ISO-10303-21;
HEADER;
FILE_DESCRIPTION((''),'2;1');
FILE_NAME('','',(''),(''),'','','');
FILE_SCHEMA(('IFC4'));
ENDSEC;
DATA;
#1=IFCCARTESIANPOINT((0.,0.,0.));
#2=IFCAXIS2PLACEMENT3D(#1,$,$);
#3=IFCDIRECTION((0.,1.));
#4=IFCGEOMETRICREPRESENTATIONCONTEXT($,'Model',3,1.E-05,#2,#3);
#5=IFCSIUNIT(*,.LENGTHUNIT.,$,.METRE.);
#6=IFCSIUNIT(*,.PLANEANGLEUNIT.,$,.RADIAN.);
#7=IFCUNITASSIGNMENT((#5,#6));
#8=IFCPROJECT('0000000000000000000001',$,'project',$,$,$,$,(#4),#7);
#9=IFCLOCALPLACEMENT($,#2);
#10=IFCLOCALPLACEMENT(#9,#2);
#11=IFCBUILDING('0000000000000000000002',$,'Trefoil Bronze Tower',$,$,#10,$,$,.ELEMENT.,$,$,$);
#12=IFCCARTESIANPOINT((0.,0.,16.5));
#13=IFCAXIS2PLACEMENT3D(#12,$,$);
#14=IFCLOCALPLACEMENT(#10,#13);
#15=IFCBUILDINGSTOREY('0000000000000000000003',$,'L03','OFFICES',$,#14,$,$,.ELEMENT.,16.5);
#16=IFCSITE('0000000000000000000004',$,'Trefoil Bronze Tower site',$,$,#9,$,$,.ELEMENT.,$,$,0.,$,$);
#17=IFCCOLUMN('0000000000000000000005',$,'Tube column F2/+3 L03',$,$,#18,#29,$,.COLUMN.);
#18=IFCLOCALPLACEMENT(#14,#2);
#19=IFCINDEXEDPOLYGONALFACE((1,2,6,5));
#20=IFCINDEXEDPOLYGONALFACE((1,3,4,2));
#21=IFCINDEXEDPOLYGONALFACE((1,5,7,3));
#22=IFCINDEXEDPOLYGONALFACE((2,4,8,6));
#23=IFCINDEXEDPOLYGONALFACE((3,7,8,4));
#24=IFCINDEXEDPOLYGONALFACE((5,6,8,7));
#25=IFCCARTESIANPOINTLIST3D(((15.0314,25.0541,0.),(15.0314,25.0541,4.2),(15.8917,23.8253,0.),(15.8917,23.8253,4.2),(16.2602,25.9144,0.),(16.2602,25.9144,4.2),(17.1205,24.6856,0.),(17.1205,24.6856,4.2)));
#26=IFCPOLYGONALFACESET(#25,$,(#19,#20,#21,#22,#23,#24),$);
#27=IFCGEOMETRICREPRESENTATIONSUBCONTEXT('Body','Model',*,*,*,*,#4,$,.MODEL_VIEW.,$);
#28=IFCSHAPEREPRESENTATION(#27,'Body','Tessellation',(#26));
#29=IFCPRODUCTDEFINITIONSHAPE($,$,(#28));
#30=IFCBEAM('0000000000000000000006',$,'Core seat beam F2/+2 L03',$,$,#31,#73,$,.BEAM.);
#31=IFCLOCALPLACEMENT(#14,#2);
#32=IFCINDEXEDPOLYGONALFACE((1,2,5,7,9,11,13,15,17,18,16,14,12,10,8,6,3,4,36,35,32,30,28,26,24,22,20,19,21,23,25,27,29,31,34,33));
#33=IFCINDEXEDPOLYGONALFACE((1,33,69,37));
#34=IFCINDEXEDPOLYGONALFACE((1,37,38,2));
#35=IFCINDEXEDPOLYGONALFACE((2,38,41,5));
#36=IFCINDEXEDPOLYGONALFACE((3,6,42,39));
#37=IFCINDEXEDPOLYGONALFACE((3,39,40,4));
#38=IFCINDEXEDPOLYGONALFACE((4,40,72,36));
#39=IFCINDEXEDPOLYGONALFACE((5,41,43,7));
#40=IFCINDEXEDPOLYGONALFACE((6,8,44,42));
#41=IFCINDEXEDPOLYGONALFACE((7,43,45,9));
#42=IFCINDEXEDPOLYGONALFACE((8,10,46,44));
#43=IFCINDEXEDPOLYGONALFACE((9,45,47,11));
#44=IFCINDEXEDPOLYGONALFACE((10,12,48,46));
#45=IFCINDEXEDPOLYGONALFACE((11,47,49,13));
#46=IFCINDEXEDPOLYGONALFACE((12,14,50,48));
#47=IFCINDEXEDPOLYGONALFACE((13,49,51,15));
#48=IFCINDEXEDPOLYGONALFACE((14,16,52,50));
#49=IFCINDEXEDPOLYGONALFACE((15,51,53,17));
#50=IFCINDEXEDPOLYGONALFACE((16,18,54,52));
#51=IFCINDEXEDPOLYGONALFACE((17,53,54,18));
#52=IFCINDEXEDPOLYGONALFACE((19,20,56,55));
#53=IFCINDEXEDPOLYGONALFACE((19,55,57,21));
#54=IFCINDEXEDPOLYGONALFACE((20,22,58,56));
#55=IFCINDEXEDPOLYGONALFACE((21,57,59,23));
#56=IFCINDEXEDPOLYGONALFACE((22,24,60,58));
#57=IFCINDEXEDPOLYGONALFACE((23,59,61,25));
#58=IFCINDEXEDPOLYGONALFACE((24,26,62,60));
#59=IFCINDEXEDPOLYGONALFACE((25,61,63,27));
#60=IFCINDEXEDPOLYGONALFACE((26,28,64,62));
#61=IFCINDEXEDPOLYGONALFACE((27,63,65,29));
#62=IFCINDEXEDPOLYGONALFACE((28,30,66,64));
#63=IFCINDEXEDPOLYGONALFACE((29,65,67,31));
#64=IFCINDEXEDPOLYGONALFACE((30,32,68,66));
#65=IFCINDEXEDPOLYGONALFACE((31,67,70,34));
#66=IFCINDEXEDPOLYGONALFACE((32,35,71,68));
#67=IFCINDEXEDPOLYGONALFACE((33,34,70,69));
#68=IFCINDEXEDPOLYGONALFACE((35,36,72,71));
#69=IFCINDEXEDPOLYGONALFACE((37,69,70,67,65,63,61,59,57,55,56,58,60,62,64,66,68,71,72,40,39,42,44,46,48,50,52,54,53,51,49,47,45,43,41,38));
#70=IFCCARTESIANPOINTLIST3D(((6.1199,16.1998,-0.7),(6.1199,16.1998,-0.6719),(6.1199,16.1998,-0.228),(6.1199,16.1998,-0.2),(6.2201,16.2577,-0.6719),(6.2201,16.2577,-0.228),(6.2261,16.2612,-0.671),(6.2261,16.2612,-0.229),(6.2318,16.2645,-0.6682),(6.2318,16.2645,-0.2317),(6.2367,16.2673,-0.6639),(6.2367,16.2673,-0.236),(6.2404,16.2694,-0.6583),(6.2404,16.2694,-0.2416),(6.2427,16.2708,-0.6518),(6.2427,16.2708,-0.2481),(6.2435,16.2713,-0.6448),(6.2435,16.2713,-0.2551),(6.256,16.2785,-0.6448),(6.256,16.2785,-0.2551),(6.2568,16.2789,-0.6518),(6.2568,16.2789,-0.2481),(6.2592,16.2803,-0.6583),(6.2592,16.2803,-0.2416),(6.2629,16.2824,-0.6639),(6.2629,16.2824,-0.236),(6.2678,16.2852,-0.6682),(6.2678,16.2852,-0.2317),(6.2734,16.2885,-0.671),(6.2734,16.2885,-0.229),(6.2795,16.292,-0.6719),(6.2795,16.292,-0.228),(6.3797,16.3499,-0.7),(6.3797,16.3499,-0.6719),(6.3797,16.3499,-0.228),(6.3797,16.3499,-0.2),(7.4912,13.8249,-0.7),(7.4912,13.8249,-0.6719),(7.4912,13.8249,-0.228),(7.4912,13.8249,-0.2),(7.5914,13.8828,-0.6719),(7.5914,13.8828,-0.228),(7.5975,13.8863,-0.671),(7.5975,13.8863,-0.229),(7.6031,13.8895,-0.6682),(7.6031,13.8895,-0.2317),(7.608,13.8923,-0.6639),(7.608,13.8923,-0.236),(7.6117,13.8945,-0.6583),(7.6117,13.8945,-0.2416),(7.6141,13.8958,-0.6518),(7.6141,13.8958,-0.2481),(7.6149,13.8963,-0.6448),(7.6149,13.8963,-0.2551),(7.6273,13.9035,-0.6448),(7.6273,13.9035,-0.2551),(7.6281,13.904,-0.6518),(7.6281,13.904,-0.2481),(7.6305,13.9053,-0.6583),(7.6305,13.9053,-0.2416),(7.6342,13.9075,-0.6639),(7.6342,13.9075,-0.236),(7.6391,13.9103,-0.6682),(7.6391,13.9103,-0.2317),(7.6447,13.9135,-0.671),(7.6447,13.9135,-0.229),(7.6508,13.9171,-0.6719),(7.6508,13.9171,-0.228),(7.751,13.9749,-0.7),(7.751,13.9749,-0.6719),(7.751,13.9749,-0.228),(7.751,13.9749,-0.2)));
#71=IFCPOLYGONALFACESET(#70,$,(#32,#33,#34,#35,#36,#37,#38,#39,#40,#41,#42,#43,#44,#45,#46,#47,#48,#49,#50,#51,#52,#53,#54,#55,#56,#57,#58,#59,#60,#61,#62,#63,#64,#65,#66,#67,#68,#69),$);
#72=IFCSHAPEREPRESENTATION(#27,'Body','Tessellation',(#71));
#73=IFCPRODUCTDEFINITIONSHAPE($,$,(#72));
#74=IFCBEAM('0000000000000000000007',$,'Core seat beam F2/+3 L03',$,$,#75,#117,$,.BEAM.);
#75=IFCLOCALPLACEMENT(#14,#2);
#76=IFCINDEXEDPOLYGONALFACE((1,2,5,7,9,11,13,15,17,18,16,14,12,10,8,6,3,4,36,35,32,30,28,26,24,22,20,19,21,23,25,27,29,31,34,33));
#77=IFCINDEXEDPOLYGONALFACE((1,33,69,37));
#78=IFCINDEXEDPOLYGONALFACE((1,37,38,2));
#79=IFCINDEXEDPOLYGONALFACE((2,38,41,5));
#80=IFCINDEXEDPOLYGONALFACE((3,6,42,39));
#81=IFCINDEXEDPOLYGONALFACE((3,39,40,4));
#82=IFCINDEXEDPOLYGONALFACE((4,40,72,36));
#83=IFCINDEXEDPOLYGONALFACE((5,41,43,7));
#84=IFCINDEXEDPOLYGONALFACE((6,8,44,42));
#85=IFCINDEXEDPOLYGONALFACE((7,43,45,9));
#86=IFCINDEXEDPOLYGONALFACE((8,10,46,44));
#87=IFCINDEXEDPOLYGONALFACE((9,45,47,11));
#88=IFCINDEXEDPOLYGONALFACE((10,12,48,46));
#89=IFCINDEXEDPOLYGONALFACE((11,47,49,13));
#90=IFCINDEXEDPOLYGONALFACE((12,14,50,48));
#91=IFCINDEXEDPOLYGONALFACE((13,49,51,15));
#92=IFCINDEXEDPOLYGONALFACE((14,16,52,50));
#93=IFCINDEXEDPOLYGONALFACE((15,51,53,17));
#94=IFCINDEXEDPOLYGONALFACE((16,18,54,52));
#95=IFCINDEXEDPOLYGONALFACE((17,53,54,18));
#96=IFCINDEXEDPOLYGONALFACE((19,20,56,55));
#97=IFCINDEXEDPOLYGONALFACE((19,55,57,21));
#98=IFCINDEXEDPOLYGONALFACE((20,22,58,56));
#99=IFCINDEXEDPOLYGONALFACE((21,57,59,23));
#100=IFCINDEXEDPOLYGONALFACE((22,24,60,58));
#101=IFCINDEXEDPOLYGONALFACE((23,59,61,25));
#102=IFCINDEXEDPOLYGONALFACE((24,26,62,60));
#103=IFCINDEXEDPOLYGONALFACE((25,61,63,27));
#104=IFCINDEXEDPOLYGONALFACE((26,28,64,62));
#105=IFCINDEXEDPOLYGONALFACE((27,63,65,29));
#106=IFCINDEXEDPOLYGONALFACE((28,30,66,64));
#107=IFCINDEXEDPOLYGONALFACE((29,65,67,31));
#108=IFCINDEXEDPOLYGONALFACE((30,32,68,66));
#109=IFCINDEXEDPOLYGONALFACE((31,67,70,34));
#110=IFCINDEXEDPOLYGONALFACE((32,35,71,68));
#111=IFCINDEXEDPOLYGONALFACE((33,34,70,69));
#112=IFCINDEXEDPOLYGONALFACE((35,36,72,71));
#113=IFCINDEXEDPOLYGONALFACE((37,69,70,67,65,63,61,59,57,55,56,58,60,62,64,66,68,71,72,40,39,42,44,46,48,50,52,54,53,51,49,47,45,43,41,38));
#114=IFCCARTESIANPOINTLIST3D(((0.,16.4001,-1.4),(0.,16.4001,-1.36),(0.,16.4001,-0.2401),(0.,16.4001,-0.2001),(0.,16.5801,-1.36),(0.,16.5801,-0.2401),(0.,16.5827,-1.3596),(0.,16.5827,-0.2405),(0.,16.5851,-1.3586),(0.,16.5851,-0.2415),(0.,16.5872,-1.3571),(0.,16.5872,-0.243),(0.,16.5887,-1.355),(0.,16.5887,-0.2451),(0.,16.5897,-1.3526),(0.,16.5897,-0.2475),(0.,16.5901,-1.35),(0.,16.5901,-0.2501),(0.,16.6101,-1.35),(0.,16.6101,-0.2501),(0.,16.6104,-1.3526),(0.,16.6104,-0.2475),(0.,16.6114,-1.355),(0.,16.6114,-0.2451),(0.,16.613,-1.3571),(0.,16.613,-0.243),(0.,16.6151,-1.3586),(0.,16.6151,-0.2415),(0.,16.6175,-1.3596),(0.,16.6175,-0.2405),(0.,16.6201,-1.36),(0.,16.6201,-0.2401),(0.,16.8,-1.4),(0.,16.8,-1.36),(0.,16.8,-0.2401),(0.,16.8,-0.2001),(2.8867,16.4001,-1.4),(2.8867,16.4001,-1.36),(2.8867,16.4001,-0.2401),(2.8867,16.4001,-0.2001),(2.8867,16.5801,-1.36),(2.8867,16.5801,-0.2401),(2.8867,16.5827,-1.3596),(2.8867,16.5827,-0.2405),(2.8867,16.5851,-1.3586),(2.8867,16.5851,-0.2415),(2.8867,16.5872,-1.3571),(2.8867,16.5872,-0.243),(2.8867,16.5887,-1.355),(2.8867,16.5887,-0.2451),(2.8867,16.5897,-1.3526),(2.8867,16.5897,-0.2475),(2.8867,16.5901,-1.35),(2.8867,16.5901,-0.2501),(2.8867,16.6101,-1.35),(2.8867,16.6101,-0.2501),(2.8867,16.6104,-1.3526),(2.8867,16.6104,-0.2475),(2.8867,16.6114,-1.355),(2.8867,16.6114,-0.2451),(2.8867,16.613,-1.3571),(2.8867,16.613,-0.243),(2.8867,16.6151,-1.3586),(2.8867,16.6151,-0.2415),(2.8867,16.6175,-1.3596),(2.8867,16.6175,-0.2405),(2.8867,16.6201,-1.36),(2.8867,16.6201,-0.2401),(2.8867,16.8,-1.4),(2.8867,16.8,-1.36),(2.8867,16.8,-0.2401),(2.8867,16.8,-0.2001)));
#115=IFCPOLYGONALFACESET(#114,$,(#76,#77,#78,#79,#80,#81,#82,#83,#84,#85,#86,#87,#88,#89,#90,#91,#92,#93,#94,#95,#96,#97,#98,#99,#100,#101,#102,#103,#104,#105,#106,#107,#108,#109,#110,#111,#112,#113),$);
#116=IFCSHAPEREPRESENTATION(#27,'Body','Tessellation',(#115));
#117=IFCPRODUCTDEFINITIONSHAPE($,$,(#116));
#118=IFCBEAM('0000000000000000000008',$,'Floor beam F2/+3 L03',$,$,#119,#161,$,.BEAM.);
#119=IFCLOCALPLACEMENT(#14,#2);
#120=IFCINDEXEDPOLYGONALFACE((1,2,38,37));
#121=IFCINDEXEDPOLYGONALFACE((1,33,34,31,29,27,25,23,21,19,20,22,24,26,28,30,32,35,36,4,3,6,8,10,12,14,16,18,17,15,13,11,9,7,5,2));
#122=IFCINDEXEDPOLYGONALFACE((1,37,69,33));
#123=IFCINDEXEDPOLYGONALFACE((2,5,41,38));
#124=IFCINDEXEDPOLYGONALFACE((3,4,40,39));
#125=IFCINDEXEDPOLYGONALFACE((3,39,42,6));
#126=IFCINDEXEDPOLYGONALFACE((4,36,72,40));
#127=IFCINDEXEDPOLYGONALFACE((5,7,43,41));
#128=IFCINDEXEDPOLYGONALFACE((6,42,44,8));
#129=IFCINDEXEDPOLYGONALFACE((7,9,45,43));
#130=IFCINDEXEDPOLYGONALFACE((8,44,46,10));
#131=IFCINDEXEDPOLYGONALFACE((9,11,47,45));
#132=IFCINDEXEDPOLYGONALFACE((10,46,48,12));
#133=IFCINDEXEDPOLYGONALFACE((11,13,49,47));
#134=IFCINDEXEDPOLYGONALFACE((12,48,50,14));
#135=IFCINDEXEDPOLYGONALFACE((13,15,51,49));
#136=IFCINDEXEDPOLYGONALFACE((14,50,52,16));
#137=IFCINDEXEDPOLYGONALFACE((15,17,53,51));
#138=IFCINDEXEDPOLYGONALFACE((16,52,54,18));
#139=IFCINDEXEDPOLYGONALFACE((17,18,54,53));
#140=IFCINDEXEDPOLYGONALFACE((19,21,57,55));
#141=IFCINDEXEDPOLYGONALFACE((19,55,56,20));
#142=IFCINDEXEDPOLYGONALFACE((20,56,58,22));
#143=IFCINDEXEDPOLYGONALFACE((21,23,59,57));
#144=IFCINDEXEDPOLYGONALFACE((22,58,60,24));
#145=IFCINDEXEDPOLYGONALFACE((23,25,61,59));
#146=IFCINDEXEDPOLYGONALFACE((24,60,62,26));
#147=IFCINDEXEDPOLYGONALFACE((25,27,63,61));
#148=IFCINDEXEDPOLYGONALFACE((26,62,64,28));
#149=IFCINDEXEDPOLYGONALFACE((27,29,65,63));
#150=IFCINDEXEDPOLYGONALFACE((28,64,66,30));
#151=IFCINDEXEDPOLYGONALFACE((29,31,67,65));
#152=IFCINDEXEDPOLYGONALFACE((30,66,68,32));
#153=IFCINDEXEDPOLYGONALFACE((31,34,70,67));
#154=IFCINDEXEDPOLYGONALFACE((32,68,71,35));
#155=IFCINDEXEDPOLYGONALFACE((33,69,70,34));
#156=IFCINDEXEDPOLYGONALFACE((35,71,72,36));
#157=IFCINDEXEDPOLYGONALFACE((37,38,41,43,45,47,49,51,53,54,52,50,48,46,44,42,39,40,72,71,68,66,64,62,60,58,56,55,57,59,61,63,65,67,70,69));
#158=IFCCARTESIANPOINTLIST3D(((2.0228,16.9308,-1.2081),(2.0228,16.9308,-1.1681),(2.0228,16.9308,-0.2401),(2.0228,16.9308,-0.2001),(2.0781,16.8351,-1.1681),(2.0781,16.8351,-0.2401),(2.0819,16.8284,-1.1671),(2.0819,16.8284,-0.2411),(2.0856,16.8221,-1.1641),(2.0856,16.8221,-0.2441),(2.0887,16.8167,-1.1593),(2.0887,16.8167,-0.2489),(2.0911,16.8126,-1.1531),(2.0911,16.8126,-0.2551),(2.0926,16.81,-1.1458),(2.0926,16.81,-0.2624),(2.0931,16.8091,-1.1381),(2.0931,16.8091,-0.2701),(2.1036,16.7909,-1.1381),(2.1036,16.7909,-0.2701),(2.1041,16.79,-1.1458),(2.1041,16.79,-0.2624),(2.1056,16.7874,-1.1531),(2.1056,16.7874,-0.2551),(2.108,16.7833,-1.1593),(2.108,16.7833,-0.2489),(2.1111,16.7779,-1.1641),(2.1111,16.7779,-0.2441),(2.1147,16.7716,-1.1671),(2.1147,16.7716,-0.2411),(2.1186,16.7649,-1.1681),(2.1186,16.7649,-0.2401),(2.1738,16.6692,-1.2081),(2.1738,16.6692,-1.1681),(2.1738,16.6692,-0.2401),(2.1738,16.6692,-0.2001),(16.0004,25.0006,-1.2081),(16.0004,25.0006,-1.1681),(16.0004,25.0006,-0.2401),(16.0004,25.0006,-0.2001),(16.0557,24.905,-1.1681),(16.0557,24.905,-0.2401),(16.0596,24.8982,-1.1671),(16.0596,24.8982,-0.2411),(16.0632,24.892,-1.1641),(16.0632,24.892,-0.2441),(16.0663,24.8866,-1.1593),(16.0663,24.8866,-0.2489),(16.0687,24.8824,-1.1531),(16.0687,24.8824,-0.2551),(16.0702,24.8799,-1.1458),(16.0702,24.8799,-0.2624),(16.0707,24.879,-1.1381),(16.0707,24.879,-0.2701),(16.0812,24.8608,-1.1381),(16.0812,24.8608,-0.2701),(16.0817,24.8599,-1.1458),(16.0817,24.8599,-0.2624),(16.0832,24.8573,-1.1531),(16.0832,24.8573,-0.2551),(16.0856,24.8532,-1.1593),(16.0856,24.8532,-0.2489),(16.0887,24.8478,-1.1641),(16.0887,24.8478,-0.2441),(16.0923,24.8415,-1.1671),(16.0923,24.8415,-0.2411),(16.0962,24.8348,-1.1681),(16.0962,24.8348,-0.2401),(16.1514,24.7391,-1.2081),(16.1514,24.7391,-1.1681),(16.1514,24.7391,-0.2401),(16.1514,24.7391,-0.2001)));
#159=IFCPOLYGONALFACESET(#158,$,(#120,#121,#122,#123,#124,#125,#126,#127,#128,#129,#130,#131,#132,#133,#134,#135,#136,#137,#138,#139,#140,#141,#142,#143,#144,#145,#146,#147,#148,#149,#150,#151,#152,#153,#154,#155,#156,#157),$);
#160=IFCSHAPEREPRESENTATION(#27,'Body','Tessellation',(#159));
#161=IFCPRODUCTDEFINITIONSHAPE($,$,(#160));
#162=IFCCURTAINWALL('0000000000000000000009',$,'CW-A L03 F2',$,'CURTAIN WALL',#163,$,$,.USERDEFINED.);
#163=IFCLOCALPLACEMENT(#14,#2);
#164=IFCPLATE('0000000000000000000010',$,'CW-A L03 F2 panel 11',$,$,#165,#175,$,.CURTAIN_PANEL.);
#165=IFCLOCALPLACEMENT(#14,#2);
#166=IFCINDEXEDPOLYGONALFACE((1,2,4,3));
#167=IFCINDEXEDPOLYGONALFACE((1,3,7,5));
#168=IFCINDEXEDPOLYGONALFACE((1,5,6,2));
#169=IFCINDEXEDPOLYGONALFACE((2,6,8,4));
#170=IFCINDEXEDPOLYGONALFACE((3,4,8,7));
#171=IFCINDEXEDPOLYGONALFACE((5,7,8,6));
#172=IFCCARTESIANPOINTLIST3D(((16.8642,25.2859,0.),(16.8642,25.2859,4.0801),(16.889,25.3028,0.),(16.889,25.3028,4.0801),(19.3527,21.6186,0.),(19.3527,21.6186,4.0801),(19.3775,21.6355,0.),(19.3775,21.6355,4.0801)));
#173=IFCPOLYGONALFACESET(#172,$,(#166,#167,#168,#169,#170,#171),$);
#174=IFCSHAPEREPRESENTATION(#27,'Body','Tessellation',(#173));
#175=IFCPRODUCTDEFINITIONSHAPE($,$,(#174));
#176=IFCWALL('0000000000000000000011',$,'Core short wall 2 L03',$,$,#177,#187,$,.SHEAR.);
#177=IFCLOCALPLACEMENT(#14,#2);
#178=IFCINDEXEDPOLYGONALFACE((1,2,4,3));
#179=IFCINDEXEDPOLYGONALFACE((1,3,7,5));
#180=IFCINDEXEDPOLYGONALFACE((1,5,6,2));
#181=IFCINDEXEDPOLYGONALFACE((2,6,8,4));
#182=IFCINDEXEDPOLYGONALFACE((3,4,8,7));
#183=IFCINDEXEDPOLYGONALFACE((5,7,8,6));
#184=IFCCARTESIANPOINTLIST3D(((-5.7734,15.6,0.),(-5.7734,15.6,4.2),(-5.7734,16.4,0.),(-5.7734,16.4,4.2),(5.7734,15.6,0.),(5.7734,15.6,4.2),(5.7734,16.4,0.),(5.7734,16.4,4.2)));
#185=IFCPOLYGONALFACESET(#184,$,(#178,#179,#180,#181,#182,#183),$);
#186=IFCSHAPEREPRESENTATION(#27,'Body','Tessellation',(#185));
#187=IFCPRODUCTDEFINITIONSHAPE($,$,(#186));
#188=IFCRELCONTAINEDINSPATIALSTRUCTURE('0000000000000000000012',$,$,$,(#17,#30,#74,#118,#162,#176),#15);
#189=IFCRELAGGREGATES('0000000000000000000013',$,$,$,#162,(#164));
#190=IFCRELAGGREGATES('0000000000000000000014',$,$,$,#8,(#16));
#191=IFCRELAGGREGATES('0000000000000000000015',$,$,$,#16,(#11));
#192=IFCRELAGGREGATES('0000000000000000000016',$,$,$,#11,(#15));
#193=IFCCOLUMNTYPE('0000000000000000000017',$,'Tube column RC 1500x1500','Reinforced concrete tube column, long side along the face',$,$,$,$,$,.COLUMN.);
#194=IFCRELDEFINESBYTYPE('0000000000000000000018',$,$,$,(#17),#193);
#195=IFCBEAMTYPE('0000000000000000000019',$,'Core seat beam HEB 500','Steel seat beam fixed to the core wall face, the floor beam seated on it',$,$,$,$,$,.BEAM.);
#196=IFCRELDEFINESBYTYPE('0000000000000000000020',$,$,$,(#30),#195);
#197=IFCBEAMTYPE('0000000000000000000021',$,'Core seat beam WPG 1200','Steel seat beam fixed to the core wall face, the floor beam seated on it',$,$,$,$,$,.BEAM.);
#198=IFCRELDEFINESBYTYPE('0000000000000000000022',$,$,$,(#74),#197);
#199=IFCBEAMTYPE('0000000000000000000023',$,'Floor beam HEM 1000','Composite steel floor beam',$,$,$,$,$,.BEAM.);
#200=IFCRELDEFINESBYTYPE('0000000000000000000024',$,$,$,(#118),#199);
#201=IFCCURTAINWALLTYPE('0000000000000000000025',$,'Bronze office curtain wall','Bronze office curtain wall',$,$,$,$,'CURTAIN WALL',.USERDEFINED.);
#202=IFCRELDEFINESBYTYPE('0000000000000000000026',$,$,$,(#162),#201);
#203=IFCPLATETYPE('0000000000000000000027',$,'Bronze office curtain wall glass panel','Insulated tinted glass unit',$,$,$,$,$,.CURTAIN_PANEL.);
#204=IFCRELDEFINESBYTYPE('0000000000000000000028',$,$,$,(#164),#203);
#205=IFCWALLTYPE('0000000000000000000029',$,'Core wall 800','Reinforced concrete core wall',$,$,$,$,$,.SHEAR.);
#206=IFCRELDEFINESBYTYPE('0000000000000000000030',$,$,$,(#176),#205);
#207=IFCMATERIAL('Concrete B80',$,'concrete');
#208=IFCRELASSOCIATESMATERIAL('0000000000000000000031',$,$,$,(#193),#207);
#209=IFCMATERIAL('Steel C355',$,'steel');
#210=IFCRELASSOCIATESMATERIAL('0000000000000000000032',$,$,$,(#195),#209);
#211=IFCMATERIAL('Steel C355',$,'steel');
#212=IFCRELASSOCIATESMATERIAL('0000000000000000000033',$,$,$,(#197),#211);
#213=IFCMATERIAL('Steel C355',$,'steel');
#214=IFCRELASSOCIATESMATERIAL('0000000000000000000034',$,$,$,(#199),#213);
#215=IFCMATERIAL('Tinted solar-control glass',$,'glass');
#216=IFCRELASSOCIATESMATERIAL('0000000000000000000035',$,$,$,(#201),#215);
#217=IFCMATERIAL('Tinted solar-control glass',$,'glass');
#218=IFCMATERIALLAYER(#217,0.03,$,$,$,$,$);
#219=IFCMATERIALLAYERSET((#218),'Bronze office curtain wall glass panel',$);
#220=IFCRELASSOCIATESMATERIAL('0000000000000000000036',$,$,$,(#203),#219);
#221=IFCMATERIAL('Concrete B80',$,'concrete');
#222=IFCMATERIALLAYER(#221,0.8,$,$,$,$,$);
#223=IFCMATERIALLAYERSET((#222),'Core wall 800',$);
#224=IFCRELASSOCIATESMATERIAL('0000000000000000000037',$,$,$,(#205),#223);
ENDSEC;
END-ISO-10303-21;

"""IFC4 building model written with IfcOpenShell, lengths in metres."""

from ifc_helpers import new_model, si_unit, direction, frame, frame_2d, origin, origin_2d, place, context, subcontext, project, spatial, rectangle, i_section, extrude, material, layer, layer_set, material_profile, profile_set, type_object, element, aggregate, save


model = new_model("IFC4")

# Units and contexts
model_context = context("Model", 3, precision=1e-05, world=origin(), true_north=direction((0.0, 1.0)))
body_context = subcontext(model_context, "Body", "Model", "MODEL_VIEW")
ifc_project = project(units=[si_unit("LENGTHUNIT", "METRE"), si_unit("PLANEANGLEUNIT", "RADIAN")], contexts=[model_context])

# Site, building, storey
site_placement = place(None, origin())
site = spatial("IfcSite", under=ifc_project, at=site_placement, Name="Trefoil Bronze Tower site", CompositionType="ELEMENT", RefElevation=0.0)
building_placement = place(site_placement, origin())
building = spatial("IfcBuilding", under=site, at=building_placement, Name="Trefoil Bronze Tower", CompositionType="ELEMENT")
storey_placement = place(building_placement, frame((0.0, 0.0, 16.5)))
storey = spatial("IfcBuildingStorey", under=building, at=storey_placement, Name="L03", Description="OFFICES", CompositionType="ELEMENT", Elevation=16.5)

# Column
ifc_material_1 = material(Name="Concrete B80", Category="concrete")
ifc_material_profile_1 = material_profile(ifc_material_1, rectangle(XDim=1.5, YDim=1.5, at=origin_2d()), Name="RC 1500x1500")
ifc_profile_set_1 = profile_set([ifc_material_profile_1], Name="Concrete B80")
column_type = type_object("IfcColumnType", Name="Tube column RC 1500x1500", Description="Reinforced concrete tube column, long side along the face", PredefinedType="COLUMN", material=ifc_profile_set_1)
column_placement = place(storey_placement, frame((16.0759, 24.8699, 0.0), z_axis=(0.0, 0.0, 1.0), x_axis=(-0.573502, 0.819204, 0.0)))
element("IfcColumn", 1, at=column_placement, inside=storey, type_object=column_type, Name="Tube column F2/+3 L03", PredefinedType="COLUMN", context=body_context, shape_type="SweptSolid", body=[
    extrude(rectangle(XDim=1.5, YDim=1.5, at=origin_2d()), origin(), (0.0, 0.0, 1.0), 4.2),
])

# Beams
ifc_material_2 = material(Name="Steel C355", Category="steel")
ifc_material_profile_2 = material_profile(ifc_material_2, i_section(OverallWidth=0.3, OverallDepth=0.5, WebThickness=0.0144, FlangeThickness=0.0281, FilletRadius=0.0271, at=origin_2d()), Name="HEB 500")
ifc_profile_set_2 = profile_set([ifc_material_profile_2], Name="Steel C355")
beam_type_1 = type_object("IfcBeamType", Name="Core seat beam HEB 500", Description="Steel seat beam fixed to the core wall face, the floor beam seated on it", PredefinedType="BEAM", material=ifc_profile_set_2)
beam_1_placement = place(storey_placement, frame((7.6211, 13.8999, -0.45), z_axis=(-0.500036, 0.866005, 0.0), x_axis=(-0.866005, -0.500036, 0.0)))
element("IfcBeam", 2, at=beam_1_placement, inside=storey, type_object=beam_type_1, Name="Core seat beam F2/+2 L03", PredefinedType="BEAM", context=body_context, shape_type="SweptSolid", body=[
    extrude(i_section(OverallWidth=0.3, OverallDepth=0.5, WebThickness=0.0144, FlangeThickness=0.0281, FilletRadius=0.0271, at=origin_2d()), origin(), (0.0, 0.0, 1.0), 2.7424),
])
ifc_material_3 = material(Name="Steel C355", Category="steel")
ifc_material_profile_3 = material_profile(ifc_material_3, i_section(OverallWidth=0.3999, OverallDepth=1.2, WebThickness=0.02, FlangeThickness=0.04, FilletRadius=0.01, at=origin_2d()), Name="WPG 1200")
ifc_profile_set_3 = profile_set([ifc_material_profile_3], Name="Steel C355")
beam_type_2 = type_object("IfcBeamType", Name="Core seat beam WPG 1200", Description="Steel seat beam fixed to the core wall face, the floor beam seated on it", PredefinedType="BEAM", material=ifc_profile_set_3)
beam_2_placement = place(storey_placement, frame((2.8867, 16.6001, -0.8), z_axis=(-1.0, 0.0, 0.0), x_axis=(0.0, -1.0, 0.0)))
element("IfcBeam", 3, at=beam_2_placement, inside=storey, type_object=beam_type_2, Name="Core seat beam F2/+3 L03", PredefinedType="BEAM", context=body_context, shape_type="SweptSolid", body=[
    extrude(i_section(OverallWidth=0.3999, OverallDepth=1.2, WebThickness=0.02, FlangeThickness=0.04, FilletRadius=0.01, at=origin_2d()), origin(), (0.0, 0.0, 1.0), 2.8867),
])
ifc_material_4 = material(Name="Steel C355", Category="steel")
ifc_material_profile_4 = material_profile(ifc_material_4, i_section(OverallWidth=0.302, OverallDepth=1.0081, WebThickness=0.021, FlangeThickness=0.04, FilletRadius=0.03, at=origin_2d()), Name="HEM 1000")
ifc_profile_set_4 = profile_set([ifc_material_profile_4], Name="Steel C355")
beam_type_3 = type_object("IfcBeamType", Name="Floor beam HEM 1000", Description="Composite steel floor beam", PredefinedType="BEAM", material=ifc_profile_set_4)
beam_3_placement = place(storey_placement, frame((16.0759, 24.8699, -0.7041), z_axis=(-0.866028, -0.499995, 0.0), x_axis=(0.499995, -0.866028, 0.0)))
element("IfcBeam", 4, at=beam_3_placement, inside=storey, type_object=beam_type_3, Name="Floor beam F2/+3 L03", PredefinedType="BEAM", context=body_context, shape_type="SweptSolid", body=[
    extrude(i_section(OverallWidth=0.302, OverallDepth=1.0081, WebThickness=0.021, FlangeThickness=0.04, FilletRadius=0.03, at=origin_2d()), origin(), (0.0, 0.0, 1.0), 16.1399),
])

# Curtain wall, plate
ifc_material_5 = material(Name="Tinted solar-control glass", Category="glass")
curtain_wall_type = type_object("IfcCurtainWallType", Name="Bronze office curtain wall", Description="Bronze office curtain wall", ElementType="CURTAIN WALL", PredefinedType="USERDEFINED", material=ifc_material_5)
curtain_wall_placement = place(storey_placement, origin())
curtain_wall = element("IfcCurtainWall", 5, at=curtain_wall_placement, inside=storey, type_object=curtain_wall_type, Name="CW-A L03 F2", ObjectType="CURTAIN WALL", PredefinedType="USERDEFINED")
ifc_material_6 = material(Name="Tinted solar-control glass", Category="glass")
ifc_layer_1 = layer(ifc_material_6, 0.03)
ifc_layer_set_1 = layer_set([ifc_layer_1], Name="Bronze office curtain wall glass panel")
plate_type = type_object("IfcPlateType", Name="Bronze office curtain wall glass panel", Description="Insulated tinted glass unit", PredefinedType="CURTAIN_PANEL", material=ifc_layer_set_1)
plate_placement = place(storey_placement, frame((18.1208, 23.4607, 0.0), z_axis=(0.0, 0.0, 1.0), x_axis=(-0.56151, 0.82747, 0.0)))
plate = element("IfcPlate", 6, at=plate_placement, type_object=plate_type, Name="CW-A L03 F2 panel 11", PredefinedType="CURTAIN_PANEL", context=body_context, shape_type="SweptSolid", body=[
    extrude(rectangle(XDim=4.4319, YDim=0.03, at=origin_2d()), origin(), (0.0, 0.0, 1.0), 4.0801),
])
aggregate(curtain_wall, [plate])

# Wall
ifc_material_7 = material(Name="Concrete B80", Category="concrete")
ifc_layer_2 = layer(ifc_material_7, 0.8)
ifc_layer_set_2 = layer_set([ifc_layer_2], Name="Core wall 800")
wall_type_1 = type_object("IfcWallType", Name="Core wall 800", Description="Reinforced concrete core wall", PredefinedType="SHEAR", material=ifc_layer_set_2)
wall_1_placement = place(storey_placement, frame((5.7734, 16.0, 0.0), z_axis=(0.0, 0.0, 1.0), x_axis=(-1.0, 0.0, 0.0)))
element("IfcWall", 7, at=wall_1_placement, inside=storey, type_object=wall_type_1, Name="Core short wall 2 L03", PredefinedType="SHEAR", context=body_context, shape_type="SweptSolid", body=[
    extrude(rectangle(XDim=11.5469, YDim=0.8, at=frame_2d((5.7734, 0.0))), origin(), (0.0, 0.0, 1.0), 4.2),
])

save(model, "model.ifc")
